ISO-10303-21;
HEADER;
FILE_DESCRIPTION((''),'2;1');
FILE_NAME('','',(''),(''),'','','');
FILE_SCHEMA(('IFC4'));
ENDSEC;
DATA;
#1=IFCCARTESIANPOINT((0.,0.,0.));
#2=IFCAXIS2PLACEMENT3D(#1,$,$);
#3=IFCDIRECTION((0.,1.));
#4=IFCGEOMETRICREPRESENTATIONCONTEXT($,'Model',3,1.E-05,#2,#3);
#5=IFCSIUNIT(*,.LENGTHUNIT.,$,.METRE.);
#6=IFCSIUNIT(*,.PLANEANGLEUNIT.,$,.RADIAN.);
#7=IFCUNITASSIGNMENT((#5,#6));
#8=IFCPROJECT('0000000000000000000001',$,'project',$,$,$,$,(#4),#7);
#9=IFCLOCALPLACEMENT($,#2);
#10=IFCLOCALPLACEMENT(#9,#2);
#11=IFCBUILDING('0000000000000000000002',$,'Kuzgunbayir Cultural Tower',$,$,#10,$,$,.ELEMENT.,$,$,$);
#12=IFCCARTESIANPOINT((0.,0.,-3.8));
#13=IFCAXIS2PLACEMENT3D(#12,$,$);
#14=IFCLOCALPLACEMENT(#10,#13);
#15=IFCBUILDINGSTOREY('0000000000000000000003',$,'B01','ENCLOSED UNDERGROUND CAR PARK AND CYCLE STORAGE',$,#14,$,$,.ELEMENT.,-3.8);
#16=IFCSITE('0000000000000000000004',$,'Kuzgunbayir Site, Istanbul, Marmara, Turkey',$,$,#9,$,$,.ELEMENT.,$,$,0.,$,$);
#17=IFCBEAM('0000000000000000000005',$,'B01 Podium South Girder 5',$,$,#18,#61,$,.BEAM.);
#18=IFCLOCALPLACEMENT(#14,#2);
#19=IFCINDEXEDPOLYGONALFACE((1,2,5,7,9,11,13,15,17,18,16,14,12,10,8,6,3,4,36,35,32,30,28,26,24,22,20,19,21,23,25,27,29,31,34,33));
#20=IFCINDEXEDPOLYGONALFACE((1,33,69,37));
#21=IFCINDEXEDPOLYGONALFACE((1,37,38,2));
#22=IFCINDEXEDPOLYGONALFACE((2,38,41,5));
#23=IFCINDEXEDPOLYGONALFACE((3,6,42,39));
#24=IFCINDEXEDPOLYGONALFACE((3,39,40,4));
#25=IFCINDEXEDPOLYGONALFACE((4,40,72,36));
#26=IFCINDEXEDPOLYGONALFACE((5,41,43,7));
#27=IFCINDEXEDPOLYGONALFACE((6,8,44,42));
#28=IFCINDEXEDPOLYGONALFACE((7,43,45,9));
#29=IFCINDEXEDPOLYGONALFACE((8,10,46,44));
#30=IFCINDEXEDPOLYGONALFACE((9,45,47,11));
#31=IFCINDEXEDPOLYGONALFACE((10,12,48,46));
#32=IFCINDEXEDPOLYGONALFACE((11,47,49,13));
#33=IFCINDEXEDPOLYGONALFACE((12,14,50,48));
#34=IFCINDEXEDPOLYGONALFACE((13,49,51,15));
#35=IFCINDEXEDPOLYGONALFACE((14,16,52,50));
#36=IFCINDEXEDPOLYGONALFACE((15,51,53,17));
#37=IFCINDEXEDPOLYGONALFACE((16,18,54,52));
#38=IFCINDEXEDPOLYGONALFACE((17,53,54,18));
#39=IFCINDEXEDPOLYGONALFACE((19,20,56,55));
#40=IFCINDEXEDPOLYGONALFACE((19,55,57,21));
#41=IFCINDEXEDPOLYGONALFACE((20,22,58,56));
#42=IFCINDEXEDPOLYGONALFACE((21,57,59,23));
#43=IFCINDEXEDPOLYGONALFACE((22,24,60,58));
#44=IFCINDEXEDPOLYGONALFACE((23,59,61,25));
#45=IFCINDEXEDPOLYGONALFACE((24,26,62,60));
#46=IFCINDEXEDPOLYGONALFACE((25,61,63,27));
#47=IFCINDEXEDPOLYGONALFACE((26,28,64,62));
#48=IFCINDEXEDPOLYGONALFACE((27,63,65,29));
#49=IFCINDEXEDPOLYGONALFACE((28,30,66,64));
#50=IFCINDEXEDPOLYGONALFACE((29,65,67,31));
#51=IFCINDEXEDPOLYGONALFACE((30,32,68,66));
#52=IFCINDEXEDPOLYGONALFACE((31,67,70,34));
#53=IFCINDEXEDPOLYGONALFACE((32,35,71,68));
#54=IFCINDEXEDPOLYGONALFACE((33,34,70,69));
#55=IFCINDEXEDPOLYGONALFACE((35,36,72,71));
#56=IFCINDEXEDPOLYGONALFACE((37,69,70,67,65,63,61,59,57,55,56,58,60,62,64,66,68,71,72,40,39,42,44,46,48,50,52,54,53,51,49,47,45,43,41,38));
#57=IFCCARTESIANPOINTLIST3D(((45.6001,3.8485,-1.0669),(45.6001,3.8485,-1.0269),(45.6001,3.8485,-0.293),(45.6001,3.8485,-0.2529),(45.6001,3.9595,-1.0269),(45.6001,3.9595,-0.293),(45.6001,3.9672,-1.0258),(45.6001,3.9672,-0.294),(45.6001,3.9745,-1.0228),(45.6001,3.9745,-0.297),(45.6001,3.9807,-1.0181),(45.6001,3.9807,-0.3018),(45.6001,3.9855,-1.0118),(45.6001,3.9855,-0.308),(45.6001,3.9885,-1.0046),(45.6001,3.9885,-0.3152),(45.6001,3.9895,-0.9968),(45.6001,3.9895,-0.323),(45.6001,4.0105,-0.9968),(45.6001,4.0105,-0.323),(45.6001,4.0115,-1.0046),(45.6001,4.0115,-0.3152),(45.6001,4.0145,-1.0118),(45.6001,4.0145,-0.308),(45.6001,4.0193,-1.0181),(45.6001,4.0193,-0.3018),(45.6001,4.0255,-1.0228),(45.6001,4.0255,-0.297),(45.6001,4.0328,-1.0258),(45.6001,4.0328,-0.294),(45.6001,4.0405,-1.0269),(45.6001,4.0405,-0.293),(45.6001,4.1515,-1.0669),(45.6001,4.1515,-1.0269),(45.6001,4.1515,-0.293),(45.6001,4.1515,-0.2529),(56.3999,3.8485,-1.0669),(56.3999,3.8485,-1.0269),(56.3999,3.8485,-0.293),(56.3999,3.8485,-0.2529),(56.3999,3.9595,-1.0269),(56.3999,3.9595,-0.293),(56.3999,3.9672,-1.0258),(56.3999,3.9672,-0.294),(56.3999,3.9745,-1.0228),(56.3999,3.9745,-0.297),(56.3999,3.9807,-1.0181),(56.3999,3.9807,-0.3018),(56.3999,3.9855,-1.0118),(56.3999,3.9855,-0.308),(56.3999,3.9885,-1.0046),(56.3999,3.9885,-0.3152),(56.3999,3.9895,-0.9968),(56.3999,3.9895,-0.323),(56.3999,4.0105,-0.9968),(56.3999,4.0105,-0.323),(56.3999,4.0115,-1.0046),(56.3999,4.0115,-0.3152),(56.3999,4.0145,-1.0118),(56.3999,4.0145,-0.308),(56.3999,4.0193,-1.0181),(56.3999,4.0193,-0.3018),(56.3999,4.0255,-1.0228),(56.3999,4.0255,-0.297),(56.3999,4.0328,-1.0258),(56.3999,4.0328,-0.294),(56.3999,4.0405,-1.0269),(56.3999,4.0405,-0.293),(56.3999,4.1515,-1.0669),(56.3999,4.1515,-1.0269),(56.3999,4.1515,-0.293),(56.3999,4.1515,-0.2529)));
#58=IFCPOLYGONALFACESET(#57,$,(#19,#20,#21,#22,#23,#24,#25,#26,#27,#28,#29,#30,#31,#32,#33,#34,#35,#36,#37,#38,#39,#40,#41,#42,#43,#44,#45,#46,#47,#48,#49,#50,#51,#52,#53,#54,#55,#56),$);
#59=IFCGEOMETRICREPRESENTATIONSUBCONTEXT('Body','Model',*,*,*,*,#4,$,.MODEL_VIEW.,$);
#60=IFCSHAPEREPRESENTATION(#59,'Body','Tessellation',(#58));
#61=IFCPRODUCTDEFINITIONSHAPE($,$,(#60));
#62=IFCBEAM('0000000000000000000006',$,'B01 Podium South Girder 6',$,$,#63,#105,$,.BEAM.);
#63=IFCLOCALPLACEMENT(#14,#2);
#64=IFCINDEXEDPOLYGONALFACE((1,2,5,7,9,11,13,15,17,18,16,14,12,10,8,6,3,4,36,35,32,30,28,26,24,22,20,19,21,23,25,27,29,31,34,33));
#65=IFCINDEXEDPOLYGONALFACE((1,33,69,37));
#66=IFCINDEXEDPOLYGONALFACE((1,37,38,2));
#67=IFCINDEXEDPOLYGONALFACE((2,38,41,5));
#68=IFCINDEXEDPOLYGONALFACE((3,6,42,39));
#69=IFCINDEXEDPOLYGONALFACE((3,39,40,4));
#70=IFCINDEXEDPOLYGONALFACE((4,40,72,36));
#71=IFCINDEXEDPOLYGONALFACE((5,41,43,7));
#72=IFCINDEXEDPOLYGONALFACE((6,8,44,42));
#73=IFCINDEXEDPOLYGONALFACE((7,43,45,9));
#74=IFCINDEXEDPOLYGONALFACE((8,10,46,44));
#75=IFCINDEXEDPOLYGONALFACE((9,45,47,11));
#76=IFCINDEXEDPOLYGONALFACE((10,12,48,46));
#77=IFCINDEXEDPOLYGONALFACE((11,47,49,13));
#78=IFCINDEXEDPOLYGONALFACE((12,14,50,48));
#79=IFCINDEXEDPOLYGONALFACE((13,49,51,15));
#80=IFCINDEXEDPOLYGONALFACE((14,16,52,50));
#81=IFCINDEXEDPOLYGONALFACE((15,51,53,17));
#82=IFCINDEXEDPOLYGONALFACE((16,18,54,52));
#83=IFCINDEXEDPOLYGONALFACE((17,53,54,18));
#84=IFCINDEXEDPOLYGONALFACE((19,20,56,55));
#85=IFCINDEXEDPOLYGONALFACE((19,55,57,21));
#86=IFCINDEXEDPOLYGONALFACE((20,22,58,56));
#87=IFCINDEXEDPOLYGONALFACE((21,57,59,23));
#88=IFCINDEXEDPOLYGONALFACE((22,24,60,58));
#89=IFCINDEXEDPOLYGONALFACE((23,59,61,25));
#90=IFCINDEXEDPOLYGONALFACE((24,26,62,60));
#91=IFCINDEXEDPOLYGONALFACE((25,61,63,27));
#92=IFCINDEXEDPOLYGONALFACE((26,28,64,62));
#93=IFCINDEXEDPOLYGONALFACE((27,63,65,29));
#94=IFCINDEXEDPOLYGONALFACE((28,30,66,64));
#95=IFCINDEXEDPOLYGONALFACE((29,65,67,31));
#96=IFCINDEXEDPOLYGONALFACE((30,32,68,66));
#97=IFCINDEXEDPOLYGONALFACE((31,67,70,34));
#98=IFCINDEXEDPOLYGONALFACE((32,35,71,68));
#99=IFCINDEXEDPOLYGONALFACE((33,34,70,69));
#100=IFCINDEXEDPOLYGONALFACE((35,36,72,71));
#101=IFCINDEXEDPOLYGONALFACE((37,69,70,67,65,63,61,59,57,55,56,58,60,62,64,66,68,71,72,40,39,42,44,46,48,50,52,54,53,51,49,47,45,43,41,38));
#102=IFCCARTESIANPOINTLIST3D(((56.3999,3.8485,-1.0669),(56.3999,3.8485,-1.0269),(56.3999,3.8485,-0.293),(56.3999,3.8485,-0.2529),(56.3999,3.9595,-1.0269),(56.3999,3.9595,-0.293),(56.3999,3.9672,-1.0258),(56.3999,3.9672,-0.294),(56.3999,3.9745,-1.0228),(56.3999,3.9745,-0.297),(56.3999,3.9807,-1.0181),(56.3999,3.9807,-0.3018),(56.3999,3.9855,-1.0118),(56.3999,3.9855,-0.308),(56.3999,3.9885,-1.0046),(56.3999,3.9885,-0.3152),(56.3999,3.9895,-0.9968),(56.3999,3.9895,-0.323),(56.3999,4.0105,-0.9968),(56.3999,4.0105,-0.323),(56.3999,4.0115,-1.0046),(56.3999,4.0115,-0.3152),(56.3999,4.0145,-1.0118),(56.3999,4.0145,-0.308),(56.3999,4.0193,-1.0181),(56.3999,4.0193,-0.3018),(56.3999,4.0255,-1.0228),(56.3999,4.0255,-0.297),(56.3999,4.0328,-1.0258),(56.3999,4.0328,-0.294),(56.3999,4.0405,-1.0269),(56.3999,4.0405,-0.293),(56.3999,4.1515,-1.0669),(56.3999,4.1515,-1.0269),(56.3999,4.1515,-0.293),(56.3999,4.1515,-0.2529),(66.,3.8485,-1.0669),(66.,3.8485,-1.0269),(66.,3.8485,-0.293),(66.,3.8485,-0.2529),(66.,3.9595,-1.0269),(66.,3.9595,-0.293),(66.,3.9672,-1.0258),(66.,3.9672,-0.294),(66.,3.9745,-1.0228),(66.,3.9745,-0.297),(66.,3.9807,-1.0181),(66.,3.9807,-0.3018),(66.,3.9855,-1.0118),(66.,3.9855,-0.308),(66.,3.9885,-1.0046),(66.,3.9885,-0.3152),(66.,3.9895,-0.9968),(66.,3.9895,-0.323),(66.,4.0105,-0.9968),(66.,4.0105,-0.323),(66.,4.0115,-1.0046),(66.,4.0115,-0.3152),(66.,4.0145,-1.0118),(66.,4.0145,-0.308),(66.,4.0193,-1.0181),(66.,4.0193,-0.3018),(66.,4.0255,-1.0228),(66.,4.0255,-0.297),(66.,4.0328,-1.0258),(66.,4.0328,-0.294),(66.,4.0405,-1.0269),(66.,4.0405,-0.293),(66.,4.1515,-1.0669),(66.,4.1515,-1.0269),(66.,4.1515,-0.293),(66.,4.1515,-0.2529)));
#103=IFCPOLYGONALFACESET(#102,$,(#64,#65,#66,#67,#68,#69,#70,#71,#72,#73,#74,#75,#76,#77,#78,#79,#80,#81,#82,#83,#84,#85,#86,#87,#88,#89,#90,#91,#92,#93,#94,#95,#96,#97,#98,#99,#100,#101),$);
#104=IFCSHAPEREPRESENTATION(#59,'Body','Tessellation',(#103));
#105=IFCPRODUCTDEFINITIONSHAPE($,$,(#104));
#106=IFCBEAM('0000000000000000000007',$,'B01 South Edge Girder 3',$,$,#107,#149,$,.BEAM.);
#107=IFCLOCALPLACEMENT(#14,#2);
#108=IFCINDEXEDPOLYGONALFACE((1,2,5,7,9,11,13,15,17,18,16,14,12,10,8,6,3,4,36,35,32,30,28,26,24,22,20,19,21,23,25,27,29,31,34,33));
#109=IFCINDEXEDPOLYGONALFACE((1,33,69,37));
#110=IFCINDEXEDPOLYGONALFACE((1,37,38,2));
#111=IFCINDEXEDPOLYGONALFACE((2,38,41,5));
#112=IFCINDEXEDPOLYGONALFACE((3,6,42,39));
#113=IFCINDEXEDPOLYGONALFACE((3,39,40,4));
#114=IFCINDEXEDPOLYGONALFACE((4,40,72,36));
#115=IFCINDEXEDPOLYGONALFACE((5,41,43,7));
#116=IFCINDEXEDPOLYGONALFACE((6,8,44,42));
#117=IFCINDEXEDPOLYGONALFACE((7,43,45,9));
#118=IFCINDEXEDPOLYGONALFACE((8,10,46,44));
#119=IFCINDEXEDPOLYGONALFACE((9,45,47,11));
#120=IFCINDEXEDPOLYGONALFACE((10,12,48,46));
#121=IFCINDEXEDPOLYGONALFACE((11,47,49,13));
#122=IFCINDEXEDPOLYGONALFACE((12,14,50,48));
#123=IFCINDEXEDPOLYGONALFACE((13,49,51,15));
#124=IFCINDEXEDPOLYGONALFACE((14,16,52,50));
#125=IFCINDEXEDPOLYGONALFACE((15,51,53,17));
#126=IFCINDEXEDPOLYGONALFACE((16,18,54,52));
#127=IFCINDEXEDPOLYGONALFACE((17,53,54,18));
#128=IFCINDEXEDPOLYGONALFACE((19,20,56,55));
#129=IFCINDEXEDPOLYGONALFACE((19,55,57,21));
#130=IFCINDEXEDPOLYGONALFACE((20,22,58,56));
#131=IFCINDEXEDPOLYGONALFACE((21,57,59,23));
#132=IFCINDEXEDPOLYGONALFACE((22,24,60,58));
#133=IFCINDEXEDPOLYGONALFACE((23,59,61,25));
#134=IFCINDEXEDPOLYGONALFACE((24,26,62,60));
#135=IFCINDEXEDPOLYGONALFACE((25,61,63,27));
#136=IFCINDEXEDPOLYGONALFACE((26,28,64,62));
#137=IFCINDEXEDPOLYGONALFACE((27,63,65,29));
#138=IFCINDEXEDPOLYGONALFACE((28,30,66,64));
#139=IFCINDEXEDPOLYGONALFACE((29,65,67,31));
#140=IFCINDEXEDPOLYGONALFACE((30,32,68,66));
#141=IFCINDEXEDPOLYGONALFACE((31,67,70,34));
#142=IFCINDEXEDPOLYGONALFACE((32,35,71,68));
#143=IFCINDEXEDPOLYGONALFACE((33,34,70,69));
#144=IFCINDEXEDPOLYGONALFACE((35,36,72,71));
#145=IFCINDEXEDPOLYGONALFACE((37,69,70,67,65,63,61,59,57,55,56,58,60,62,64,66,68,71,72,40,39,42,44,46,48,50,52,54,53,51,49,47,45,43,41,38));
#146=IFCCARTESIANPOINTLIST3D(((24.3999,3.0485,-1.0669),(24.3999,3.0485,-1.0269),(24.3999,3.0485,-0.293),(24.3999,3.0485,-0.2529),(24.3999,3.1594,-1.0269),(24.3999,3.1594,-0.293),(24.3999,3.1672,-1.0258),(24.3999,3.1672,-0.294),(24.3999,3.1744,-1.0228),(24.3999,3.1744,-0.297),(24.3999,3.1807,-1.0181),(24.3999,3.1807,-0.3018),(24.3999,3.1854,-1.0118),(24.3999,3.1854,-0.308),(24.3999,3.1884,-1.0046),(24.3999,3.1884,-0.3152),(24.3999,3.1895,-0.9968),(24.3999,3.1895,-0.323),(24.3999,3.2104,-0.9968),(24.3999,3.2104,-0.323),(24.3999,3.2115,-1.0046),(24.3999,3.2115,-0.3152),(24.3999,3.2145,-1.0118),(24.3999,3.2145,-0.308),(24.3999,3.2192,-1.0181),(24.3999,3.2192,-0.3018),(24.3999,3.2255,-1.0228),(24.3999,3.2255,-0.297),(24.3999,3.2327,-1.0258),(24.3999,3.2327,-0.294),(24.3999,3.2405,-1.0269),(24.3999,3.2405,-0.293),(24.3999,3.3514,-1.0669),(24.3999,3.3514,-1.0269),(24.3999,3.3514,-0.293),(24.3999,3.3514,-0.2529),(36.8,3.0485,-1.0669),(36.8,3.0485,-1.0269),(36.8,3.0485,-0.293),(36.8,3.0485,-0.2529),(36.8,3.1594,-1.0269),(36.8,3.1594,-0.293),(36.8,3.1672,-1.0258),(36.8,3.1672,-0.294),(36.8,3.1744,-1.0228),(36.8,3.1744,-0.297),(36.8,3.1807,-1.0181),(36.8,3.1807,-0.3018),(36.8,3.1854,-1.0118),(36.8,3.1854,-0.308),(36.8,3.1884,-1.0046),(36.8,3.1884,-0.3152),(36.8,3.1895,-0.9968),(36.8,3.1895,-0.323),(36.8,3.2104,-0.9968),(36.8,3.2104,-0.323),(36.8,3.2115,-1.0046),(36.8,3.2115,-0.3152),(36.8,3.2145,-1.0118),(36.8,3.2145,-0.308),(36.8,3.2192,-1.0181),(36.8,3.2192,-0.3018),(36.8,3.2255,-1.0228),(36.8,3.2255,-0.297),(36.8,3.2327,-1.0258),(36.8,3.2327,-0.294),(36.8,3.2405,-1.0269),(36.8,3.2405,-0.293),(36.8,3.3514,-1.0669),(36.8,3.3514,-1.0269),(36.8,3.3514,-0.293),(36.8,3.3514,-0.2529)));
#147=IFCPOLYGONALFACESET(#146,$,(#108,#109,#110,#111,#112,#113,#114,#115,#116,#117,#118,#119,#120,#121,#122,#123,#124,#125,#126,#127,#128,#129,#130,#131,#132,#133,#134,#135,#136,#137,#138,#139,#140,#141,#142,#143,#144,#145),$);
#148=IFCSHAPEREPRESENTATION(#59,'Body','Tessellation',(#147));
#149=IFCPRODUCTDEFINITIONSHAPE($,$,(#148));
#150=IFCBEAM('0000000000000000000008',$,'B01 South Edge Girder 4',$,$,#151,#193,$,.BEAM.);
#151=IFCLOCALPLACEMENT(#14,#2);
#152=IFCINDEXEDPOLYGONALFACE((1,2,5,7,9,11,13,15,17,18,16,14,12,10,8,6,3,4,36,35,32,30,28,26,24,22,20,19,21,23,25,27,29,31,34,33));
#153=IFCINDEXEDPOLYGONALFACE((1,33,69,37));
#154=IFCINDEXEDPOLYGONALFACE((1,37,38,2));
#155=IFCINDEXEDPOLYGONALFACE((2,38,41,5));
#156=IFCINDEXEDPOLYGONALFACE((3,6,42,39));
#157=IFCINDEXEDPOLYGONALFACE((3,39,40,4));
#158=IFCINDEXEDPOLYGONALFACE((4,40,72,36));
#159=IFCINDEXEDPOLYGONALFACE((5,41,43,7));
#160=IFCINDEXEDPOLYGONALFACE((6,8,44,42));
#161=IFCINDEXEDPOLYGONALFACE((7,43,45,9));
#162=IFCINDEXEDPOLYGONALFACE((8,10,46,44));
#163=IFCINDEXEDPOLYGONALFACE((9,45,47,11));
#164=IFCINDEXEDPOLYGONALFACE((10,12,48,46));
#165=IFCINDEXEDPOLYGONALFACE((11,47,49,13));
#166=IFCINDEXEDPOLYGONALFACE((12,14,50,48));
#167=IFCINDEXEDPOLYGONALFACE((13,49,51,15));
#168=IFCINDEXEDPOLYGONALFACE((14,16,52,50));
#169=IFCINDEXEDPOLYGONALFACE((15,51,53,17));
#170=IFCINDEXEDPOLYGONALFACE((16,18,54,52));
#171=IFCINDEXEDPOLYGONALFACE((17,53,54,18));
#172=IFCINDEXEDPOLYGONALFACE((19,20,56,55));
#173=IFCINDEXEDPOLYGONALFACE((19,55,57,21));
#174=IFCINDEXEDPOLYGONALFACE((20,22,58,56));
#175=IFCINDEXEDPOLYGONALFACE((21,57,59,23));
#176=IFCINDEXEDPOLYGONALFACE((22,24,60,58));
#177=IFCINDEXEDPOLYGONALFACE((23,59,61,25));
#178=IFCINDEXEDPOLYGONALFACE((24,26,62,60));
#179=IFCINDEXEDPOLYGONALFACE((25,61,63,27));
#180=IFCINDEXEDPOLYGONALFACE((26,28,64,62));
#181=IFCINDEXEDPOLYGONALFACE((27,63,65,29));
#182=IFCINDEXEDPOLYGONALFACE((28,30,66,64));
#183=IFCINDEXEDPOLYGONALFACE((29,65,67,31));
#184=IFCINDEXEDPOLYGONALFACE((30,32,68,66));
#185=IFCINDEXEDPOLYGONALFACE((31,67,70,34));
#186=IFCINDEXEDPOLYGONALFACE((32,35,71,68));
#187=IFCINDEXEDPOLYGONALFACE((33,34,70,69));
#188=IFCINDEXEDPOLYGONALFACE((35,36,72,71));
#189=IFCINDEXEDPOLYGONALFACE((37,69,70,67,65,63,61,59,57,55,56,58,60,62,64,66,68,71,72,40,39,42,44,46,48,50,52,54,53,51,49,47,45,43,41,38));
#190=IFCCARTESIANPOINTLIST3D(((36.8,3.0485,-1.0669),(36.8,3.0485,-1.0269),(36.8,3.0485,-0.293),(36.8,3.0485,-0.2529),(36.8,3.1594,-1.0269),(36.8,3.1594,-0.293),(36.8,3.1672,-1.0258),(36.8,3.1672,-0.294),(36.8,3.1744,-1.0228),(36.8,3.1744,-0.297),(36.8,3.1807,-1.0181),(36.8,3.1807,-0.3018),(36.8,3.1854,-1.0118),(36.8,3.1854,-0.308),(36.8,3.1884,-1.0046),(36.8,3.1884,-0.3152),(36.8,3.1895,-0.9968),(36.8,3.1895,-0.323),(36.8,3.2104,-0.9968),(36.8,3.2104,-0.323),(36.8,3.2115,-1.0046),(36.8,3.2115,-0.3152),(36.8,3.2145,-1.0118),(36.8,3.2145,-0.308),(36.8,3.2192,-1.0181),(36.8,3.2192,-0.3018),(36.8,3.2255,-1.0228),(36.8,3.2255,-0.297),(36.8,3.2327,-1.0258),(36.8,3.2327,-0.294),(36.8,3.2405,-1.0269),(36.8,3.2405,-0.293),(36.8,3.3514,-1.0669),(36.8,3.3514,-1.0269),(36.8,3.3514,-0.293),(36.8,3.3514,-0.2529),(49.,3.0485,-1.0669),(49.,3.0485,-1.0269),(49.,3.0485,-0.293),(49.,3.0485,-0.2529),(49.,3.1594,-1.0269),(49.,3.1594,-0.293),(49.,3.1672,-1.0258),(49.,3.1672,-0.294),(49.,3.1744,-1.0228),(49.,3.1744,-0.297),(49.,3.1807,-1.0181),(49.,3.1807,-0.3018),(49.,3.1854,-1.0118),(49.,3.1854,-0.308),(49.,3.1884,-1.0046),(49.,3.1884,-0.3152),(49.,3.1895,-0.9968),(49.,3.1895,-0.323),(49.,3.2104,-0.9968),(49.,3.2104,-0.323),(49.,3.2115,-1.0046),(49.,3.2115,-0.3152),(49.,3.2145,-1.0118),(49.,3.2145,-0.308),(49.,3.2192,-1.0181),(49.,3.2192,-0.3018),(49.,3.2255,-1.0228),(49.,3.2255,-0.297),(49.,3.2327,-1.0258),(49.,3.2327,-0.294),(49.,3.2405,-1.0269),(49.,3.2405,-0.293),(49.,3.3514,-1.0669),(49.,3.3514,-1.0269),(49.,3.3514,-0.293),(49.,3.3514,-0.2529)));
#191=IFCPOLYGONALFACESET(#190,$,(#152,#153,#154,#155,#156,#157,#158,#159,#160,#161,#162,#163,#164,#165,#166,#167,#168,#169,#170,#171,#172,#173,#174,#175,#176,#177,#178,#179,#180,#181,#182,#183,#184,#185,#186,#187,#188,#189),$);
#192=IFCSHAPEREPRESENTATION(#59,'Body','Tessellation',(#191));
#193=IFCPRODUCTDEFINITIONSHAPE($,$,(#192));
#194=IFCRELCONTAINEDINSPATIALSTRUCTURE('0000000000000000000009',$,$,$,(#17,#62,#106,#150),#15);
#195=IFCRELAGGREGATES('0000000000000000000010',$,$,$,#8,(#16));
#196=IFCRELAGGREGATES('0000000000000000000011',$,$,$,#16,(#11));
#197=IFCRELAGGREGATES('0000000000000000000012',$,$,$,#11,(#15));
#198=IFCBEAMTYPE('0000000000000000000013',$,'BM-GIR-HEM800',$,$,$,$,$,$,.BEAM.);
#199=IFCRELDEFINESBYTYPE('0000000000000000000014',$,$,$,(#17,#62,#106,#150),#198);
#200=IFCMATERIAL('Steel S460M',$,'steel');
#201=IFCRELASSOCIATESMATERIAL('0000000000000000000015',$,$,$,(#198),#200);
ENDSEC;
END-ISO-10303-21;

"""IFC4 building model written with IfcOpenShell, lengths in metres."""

from ifc_helpers import new_model, si_unit, direction, frame, origin, origin_2d, place, context, subcontext, project, spatial, i_section, extrude, material, material_profile, profile_set, type_object, element, save


model = new_model("IFC4")

# Units and contexts
model_context = context("Model", 3, precision=1e-05, world=origin(), true_north=direction((0.0, 1.0)))
body_context = subcontext(model_context, "Body", "Model", "MODEL_VIEW")
ifc_project = project(units=[si_unit("LENGTHUNIT", "METRE"), si_unit("PLANEANGLEUNIT", "RADIAN")], contexts=[model_context])

# Site, building, storey
site_placement = place(None, origin())
site = spatial("IfcSite", under=ifc_project, at=site_placement, Name="Kuzgunbayir Site, Istanbul, Marmara, Turkey", CompositionType="ELEMENT", RefElevation=0.0)
building_placement = place(site_placement, origin())
building = spatial("IfcBuilding", under=site, at=building_placement, Name="Kuzgunbayir Cultural Tower", CompositionType="ELEMENT")
storey_placement = place(building_placement, frame((0.0, 0.0, -3.8)))
storey = spatial("IfcBuildingStorey", under=building, at=storey_placement, Name="B01", Description="ENCLOSED UNDERGROUND CAR PARK AND CYCLE STORAGE", CompositionType="ELEMENT", Elevation=-3.8)

# Beams
ifc_material_1 = material(Name="Steel S460M", Category="steel")
ifc_material_profile_1 = material_profile(ifc_material_1, i_section(OverallWidth=0.303, OverallDepth=0.814, WebThickness=0.021, FlangeThickness=0.04, FilletRadius=0.03, at=origin_2d()), Name="HEM 800")
ifc_profile_set_1 = profile_set([ifc_material_profile_1], Name="Steel S460M")
beam_type = type_object("IfcBeamType", Name="BM-GIR-HEM800", PredefinedType="BEAM", material=ifc_profile_set_1)
beam_1_placement = place(storey_placement, frame((45.6001, 4.0, -0.6599), z_axis=(1.0, 0.0, 0.0), x_axis=(0.0, 1.0, 0.0)))
element("IfcBeam", 1, at=beam_1_placement, inside=storey, type_object=beam_type, Name="B01 Podium South Girder 5", PredefinedType="BEAM", context=body_context, shape_type="SweptSolid", body=[
    extrude(i_section(OverallWidth=0.303, OverallDepth=0.814, WebThickness=0.021, FlangeThickness=0.04, FilletRadius=0.03, at=origin_2d()), origin(), (0.0, 0.0, 1.0), 10.7998),
])
beam_2_placement = place(storey_placement, frame((56.3999, 4.0, -0.6599), z_axis=(1.0, 0.0, 0.0), x_axis=(0.0, 1.0, 0.0)))
element("IfcBeam", 2, at=beam_2_placement, inside=storey, type_object=beam_type, Name="B01 Podium South Girder 6", PredefinedType="BEAM", context=body_context, shape_type="SweptSolid", body=[
    extrude(i_section(OverallWidth=0.303, OverallDepth=0.814, WebThickness=0.021, FlangeThickness=0.04, FilletRadius=0.03, at=origin_2d()), origin(), (0.0, 0.0, 1.0), 9.6001),
])
beam_3_placement = place(storey_placement, frame((24.3999, 3.2, -0.6599), z_axis=(1.0, 0.0, 0.0), x_axis=(0.0, 1.0, 0.0)))
element("IfcBeam", 3, at=beam_3_placement, inside=storey, type_object=beam_type, Name="B01 South Edge Girder 3", PredefinedType="BEAM", context=body_context, shape_type="SweptSolid", body=[
    extrude(i_section(OverallWidth=0.303, OverallDepth=0.814, WebThickness=0.021, FlangeThickness=0.04, FilletRadius=0.03, at=origin_2d()), origin(), (0.0, 0.0, 1.0), 12.4001),
])
beam_4_placement = place(storey_placement, frame((36.8, 3.2, -0.6599), z_axis=(1.0, 0.0, 0.0), x_axis=(0.0, 1.0, 0.0)))
element("IfcBeam", 4, at=beam_4_placement, inside=storey, type_object=beam_type, Name="B01 South Edge Girder 4", PredefinedType="BEAM", context=body_context, shape_type="SweptSolid", body=[
    extrude(i_section(OverallWidth=0.303, OverallDepth=0.814, WebThickness=0.021, FlangeThickness=0.04, FilletRadius=0.03, at=origin_2d()), origin(), (0.0, 0.0, 1.0), 12.2),
])

save(model, "model.ifc")
